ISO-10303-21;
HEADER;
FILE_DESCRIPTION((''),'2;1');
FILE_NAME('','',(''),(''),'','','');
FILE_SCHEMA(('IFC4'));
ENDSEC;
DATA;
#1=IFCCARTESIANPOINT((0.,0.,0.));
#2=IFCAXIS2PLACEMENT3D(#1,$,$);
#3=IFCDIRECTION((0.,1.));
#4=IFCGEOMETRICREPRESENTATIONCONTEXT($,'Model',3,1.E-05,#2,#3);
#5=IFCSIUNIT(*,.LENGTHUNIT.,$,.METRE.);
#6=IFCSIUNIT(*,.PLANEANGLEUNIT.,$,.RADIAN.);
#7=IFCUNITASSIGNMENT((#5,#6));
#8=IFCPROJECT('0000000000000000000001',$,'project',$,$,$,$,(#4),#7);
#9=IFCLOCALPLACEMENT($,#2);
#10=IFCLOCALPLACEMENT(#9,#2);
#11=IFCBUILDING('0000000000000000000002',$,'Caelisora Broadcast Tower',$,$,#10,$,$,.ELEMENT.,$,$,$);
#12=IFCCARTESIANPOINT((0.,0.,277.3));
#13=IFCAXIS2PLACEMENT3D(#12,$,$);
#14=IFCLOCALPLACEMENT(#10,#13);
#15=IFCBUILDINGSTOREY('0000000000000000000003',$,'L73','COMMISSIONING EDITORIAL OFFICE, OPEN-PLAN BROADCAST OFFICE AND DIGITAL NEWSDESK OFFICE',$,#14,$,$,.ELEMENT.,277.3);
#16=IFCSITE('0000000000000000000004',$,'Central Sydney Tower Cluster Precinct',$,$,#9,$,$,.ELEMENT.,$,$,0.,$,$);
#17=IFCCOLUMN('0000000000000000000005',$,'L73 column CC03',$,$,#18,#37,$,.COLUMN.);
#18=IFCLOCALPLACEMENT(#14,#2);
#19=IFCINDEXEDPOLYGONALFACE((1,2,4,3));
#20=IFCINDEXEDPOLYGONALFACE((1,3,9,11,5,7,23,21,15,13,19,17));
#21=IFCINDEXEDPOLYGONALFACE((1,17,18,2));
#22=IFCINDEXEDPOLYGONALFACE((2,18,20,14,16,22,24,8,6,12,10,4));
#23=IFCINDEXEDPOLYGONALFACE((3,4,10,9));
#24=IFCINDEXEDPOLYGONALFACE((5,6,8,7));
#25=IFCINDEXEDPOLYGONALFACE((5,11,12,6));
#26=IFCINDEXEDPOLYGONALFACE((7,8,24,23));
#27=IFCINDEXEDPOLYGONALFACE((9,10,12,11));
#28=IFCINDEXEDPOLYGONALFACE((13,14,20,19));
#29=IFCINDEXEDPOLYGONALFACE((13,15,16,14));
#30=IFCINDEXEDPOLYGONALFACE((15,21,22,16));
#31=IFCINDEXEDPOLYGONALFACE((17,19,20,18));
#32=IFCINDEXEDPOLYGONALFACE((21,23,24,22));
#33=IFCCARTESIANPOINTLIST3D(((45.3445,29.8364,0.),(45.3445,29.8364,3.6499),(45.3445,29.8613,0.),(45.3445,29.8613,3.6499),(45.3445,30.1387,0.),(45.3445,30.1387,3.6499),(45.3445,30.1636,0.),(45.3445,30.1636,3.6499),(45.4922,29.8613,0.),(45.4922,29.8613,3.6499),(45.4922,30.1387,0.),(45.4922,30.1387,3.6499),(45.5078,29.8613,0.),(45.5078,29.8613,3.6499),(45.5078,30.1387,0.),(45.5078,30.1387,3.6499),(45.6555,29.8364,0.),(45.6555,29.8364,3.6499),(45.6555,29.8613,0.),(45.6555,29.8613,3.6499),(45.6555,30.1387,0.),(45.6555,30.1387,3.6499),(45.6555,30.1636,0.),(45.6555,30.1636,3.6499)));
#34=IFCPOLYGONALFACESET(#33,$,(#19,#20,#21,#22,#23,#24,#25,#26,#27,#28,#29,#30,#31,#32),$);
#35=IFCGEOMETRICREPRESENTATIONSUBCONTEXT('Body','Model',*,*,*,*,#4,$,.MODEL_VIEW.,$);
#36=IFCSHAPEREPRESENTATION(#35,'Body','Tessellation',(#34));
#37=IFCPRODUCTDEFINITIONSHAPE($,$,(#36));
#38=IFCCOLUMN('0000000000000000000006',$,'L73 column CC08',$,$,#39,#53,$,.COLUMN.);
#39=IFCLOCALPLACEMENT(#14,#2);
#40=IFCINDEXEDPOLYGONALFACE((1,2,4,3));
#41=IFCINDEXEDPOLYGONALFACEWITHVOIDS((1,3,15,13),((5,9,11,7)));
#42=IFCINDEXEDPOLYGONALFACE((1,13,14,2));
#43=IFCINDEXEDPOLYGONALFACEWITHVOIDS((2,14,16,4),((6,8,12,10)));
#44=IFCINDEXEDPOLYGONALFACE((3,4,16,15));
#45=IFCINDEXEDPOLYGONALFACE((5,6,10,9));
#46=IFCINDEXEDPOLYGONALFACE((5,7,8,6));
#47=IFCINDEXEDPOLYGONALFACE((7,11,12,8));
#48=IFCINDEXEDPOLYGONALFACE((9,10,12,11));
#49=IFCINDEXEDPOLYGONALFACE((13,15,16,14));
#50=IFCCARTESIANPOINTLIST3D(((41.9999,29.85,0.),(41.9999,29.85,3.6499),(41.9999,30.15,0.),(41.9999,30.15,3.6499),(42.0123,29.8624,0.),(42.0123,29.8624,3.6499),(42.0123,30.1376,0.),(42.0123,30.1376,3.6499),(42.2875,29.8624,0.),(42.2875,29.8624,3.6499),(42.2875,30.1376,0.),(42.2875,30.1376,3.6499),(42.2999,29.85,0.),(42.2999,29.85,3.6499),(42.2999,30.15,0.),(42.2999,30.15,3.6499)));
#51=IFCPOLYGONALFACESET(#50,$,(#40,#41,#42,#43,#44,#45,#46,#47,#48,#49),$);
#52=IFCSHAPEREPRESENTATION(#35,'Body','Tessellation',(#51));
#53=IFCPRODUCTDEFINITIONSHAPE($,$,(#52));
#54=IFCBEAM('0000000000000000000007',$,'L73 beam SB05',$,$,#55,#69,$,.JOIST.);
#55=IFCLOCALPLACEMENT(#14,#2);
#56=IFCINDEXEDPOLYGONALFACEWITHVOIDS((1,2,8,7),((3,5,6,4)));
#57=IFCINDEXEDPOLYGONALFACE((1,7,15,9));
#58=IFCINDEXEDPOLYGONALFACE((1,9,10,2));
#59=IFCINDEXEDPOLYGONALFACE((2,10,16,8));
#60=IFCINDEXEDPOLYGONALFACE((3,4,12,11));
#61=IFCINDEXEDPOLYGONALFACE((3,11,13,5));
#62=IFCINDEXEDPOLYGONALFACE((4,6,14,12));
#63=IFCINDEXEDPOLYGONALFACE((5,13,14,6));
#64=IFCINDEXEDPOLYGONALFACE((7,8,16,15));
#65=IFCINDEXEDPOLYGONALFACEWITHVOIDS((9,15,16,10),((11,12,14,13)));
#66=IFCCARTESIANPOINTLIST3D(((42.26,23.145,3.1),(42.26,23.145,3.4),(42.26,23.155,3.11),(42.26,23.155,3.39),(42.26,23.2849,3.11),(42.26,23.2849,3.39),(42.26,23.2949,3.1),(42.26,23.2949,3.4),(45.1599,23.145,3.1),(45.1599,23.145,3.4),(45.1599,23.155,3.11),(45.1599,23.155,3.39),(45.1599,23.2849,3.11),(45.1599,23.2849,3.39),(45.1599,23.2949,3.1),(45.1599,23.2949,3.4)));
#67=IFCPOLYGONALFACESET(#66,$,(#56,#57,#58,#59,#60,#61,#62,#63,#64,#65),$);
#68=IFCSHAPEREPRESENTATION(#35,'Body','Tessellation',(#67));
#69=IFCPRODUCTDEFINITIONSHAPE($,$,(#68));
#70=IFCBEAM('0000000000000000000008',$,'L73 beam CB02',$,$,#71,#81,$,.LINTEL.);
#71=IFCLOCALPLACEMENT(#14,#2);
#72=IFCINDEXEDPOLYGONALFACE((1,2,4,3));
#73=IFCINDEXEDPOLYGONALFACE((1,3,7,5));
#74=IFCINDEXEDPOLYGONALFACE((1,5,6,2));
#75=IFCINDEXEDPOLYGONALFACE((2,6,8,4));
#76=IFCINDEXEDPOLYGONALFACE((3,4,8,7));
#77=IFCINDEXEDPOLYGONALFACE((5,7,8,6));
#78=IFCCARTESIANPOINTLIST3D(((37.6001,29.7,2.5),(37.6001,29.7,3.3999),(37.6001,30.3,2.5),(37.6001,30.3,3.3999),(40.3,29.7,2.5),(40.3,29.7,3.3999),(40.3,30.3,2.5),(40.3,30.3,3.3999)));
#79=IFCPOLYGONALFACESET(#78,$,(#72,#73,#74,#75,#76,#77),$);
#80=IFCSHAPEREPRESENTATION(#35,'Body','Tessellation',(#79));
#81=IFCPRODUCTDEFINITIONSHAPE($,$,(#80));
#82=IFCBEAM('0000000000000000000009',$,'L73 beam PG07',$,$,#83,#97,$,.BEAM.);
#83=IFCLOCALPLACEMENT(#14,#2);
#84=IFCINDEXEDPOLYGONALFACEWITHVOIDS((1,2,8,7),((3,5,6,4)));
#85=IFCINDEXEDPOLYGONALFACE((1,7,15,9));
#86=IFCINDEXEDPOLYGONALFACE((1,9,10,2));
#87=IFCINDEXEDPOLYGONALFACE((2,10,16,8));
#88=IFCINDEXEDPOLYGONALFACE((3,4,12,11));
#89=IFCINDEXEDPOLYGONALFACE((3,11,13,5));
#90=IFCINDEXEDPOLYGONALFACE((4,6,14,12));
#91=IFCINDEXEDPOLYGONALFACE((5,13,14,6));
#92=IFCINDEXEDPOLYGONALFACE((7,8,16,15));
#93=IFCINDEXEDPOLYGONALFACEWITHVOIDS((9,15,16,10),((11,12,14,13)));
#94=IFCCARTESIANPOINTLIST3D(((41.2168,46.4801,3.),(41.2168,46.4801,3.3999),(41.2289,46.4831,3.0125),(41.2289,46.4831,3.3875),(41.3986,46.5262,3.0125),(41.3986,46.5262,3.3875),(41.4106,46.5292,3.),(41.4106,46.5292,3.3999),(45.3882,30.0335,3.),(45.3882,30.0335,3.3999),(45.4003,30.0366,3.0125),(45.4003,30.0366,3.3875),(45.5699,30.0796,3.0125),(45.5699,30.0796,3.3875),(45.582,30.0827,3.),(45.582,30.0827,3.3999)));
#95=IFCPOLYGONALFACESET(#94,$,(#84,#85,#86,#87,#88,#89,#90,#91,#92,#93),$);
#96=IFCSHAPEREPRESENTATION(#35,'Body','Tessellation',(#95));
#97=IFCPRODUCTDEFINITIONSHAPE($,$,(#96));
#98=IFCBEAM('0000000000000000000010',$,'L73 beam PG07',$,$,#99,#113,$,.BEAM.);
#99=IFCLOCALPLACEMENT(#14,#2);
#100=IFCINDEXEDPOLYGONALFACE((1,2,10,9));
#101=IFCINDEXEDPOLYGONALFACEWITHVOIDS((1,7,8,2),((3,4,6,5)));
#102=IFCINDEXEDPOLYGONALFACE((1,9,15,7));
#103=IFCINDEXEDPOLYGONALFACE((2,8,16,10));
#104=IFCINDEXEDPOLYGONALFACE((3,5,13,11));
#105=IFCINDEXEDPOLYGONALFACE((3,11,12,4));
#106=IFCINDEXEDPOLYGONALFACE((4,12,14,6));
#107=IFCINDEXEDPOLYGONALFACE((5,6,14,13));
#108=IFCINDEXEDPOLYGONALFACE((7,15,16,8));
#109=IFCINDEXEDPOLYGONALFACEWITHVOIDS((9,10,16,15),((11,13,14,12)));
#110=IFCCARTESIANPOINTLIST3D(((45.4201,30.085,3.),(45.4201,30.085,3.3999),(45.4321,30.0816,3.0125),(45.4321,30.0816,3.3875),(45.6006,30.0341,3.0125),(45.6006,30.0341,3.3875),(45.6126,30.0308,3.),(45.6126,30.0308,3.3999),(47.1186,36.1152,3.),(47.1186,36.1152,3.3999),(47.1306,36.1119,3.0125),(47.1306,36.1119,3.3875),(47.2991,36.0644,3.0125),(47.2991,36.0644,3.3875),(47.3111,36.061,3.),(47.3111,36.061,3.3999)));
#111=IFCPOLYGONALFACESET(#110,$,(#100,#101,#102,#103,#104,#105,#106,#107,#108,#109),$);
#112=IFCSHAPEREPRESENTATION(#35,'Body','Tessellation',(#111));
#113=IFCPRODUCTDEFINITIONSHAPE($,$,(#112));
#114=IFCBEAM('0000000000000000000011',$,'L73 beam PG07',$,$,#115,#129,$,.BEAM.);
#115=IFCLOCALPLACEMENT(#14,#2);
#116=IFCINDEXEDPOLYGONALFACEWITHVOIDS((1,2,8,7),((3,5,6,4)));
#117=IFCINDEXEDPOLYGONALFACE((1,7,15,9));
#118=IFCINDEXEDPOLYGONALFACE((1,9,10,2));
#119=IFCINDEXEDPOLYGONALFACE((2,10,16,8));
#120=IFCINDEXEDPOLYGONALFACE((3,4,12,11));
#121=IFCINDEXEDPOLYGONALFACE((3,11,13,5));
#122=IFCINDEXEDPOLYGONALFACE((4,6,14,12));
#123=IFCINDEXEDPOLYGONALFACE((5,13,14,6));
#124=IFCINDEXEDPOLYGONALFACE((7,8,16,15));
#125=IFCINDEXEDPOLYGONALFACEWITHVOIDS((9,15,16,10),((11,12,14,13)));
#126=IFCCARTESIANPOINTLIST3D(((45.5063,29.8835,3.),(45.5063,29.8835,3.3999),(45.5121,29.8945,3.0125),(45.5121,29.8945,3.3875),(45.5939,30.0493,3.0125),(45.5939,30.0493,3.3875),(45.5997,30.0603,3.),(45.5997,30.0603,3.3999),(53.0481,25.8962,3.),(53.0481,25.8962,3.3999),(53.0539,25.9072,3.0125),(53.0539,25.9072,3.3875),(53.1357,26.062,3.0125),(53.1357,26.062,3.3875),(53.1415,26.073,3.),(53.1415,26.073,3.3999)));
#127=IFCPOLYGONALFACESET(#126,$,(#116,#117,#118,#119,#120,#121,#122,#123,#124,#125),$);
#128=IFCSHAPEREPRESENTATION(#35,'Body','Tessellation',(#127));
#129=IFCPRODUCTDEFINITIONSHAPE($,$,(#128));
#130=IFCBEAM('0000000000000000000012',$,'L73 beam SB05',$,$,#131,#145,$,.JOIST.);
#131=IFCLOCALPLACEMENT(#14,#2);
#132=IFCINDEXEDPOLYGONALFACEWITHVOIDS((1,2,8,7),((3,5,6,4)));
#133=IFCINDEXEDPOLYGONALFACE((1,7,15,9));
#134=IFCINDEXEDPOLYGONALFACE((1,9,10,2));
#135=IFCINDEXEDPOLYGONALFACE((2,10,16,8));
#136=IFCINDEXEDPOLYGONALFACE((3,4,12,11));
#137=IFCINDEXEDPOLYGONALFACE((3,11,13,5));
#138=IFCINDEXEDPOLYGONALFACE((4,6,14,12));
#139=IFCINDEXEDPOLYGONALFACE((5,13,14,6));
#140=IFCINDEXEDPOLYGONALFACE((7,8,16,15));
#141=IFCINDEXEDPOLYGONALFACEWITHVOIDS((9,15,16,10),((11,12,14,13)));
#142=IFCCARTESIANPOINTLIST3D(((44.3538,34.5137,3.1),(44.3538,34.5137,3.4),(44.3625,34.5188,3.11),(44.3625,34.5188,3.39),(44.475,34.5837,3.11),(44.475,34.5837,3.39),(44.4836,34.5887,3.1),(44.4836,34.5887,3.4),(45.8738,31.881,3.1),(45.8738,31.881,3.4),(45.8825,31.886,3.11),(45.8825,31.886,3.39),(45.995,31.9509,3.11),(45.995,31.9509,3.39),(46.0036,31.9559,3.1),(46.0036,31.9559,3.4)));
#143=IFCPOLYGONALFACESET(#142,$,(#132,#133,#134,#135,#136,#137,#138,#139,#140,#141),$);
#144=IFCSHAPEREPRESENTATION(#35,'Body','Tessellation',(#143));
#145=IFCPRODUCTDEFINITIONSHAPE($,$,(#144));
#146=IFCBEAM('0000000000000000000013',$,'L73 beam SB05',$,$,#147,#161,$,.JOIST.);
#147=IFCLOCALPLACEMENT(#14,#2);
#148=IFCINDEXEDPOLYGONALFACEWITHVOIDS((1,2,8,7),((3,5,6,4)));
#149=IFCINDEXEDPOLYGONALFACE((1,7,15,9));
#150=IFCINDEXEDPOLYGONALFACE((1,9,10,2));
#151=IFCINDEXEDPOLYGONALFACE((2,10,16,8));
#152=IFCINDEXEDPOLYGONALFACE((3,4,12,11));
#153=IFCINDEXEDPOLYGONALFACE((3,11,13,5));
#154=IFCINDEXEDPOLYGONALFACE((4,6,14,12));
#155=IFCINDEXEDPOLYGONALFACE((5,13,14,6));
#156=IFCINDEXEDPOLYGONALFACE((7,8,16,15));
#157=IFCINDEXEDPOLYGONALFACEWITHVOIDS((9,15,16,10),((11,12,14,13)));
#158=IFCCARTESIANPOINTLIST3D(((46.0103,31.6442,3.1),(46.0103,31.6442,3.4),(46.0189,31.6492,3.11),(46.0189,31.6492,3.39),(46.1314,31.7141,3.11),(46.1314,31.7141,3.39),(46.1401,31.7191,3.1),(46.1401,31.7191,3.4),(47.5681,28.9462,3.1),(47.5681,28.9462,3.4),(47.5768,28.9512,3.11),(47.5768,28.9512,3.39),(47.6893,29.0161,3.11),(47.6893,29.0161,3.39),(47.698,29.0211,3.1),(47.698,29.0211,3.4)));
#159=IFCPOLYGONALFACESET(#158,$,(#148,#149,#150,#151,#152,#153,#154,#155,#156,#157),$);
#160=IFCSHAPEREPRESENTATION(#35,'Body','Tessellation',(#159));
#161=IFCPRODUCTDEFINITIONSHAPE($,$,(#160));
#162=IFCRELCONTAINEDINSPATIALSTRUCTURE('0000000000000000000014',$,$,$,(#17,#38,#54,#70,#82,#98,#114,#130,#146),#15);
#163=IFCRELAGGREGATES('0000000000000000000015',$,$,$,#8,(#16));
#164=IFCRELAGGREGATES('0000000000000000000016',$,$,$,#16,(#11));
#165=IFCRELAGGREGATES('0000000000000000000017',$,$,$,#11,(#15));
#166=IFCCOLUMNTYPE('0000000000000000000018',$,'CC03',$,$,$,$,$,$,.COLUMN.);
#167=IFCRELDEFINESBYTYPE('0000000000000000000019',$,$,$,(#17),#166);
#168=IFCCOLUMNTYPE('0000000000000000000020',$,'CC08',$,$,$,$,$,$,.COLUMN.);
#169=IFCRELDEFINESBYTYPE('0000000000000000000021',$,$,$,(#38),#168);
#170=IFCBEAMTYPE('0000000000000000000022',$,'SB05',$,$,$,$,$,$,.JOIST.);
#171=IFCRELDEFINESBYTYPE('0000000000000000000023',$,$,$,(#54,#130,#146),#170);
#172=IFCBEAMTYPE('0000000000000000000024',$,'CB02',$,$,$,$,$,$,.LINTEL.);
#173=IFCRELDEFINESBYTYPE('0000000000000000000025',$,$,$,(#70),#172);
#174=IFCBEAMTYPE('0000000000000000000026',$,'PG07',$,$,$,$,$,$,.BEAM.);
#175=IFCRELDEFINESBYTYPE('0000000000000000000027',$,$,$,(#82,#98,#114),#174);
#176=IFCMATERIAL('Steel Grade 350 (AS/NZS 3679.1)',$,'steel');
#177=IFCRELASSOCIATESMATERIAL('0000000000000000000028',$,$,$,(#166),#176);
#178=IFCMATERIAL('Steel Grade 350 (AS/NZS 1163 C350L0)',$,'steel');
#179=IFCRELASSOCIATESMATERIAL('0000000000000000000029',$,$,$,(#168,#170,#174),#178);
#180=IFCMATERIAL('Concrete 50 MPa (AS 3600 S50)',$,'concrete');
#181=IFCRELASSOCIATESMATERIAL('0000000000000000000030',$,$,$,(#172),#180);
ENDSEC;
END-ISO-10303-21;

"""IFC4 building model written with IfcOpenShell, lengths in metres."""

from ifc_helpers import new_model, si_unit, direction, frame, origin, origin_2d, place, context, subcontext, project, spatial, rectangle, hollow_rectangle, i_section, extrude, source, transform, mapped, material, material_profile, profile_set, type_object, type_shapes, element, save


model = new_model("IFC4")

# Units and contexts
model_context = context("Model", 3, precision=1e-05, world=origin(), true_north=direction((0.0, 1.0)))
body_context = subcontext(model_context, "Body", "Model", "MODEL_VIEW")
ifc_project = project(units=[si_unit("LENGTHUNIT", "METRE"), si_unit("PLANEANGLEUNIT", "RADIAN")], contexts=[model_context])

# Site, building, storey
site_placement = place(None, origin())
site = spatial("IfcSite", under=ifc_project, at=site_placement, Name="Central Sydney Tower Cluster Precinct", CompositionType="ELEMENT", RefElevation=0.0)
building_placement = place(site_placement, origin())
building = spatial("IfcBuilding", under=site, at=building_placement, Name="Caelisora Broadcast Tower", CompositionType="ELEMENT")
storey_placement = place(building_placement, frame((0.0, 0.0, 277.3)))
storey = spatial("IfcBuildingStorey", under=building, at=storey_placement, Name="L73", Description="COMMISSIONING EDITORIAL OFFICE, OPEN-PLAN BROADCAST OFFICE AND DIGITAL NEWSDESK OFFICE", CompositionType="ELEMENT", Elevation=277.3)

# Columns
ifc_material_1 = material(Name="Steel Grade 350 (AS/NZS 3679.1)", Category="steel")
ifc_material_profile_1 = material_profile(ifc_material_1, i_section(OverallWidth=0.311, OverallDepth=0.3271, WebThickness=0.0156, FlangeThickness=0.0249, at=origin_2d()), Name="Steel Grade 350 (AS/NZS 3679.1)")
ifc_profile_set_1 = profile_set([ifc_material_profile_1], Name="Steel Grade 350 (AS/NZS 3679.1)")
column_type_1 = type_object("IfcColumnType", Name="CC03", PredefinedType="COLUMN", material=ifc_profile_set_1)
shared_shape_1 = source(origin(), body_context, "Body", "SweptSolid", [
    extrude(i_section(OverallWidth=0.311, OverallDepth=0.3271, WebThickness=0.0156, FlangeThickness=0.0249, at=origin_2d()), origin(), (0.0, 0.0, 1.0), 3.6499),
])
type_shapes(column_type_1, [shared_shape_1])
column_1_placement = place(storey_placement, frame((45.5, 30.0, 0.0), z_axis=(0.0, 0.0, 1.0), x_axis=(1.0, 0.0, 0.0)))
element("IfcColumn", 1, at=column_1_placement, inside=storey, type_object=column_type_1, Name="L73 column CC03", PredefinedType="COLUMN", context=body_context, shape_type="MappedRepresentation", body=[
    mapped(shared_shape_1, transform((0.0, 0.0, 0.0), scale=1.0)),
])
ifc_material_2 = material(Name="Steel Grade 350 (AS/NZS 1163 C350L0)", Category="steel")
ifc_material_profile_2 = material_profile(ifc_material_2, hollow_rectangle(XDim=0.3, YDim=0.3, WallThickness=0.0125, at=origin_2d()), Name="Steel Grade 350 (AS/NZS 1163 C350L0)")
ifc_profile_set_2 = profile_set([ifc_material_profile_2], Name="Steel Grade 350 (AS/NZS 1163 C350L0)")
column_type_2 = type_object("IfcColumnType", Name="CC08", PredefinedType="COLUMN", material=ifc_profile_set_2)
shared_shape_2 = source(origin(), body_context, "Body", "SweptSolid", [
    extrude(hollow_rectangle(XDim=0.3, YDim=0.3, WallThickness=0.0125, at=origin_2d()), origin(), (0.0, 0.0, 1.0), 3.6499),
])
type_shapes(column_type_2, [shared_shape_2])
column_2_placement = place(storey_placement, frame((42.1499, 30.0, 0.0), z_axis=(0.0, 0.0, 1.0), x_axis=(1.0, 0.0, 0.0)))
element("IfcColumn", 2, at=column_2_placement, inside=storey, type_object=column_type_2, Name="L73 column CC08", PredefinedType="COLUMN", context=body_context, shape_type="MappedRepresentation", body=[
    mapped(shared_shape_2, transform((0.0, 0.0, 0.0), scale=1.0)),
])

# Beams
ifc_material_profile_3 = material_profile(ifc_material_2, hollow_rectangle(XDim=0.1499, YDim=0.3, WallThickness=0.01, at=origin_2d()), Name="Steel Grade 350 (AS/NZS 1163 C350L0)")
ifc_profile_set_3 = profile_set([ifc_material_profile_3], Name="Steel Grade 350 (AS/NZS 1163 C350L0)")
beam_type_1 = type_object("IfcBeamType", Name="SB05", PredefinedType="JOIST", material=ifc_profile_set_3)
shared_shape_3 = source(origin(), body_context, "Body", "SweptSolid", [
    extrude(hollow_rectangle(XDim=0.1499, YDim=0.3, WallThickness=0.01, at=origin_2d()), origin(), (0.0, 0.0, 1.0), 2.8999),
])
beam_1_placement = place(storey_placement, frame((42.26, 23.22, 3.25), z_axis=(1.0, 0.0, 0.0), x_axis=(0.0, 1.0, 0.0)))
element("IfcBeam", 3, at=beam_1_placement, inside=storey, type_object=beam_type_1, Name="L73 beam SB05", PredefinedType="JOIST", context=body_context, shape_type="MappedRepresentation", body=[
    mapped(shared_shape_3, transform((0.0, 0.0, 0.0), scale=1.0)),
])
ifc_material_3 = material(Name="Concrete 50 MPa (AS 3600 S50)", Category="concrete")
ifc_material_profile_4 = material_profile(ifc_material_3, rectangle(XDim=0.6001, YDim=0.8999, at=origin_2d()), Name="Concrete 50 MPa (AS 3600 S50)")
ifc_profile_set_4 = profile_set([ifc_material_profile_4], Name="Concrete 50 MPa (AS 3600 S50)")
beam_type_2 = type_object("IfcBeamType", Name="CB02", PredefinedType="LINTEL", material=ifc_profile_set_4)
shared_shape_4 = source(origin(), body_context, "Body", "SweptSolid", [
    extrude(rectangle(XDim=0.6001, YDim=0.8999, at=origin_2d()), origin(), (0.0, 0.0, 1.0), 2.7),
])
type_shapes(beam_type_2, [shared_shape_4])
beam_2_placement = place(storey_placement, frame((37.6001, 30.0, 2.95), z_axis=(1.0, 0.0, 0.0), x_axis=(0.0, 1.0, 0.0)))
element("IfcBeam", 4, at=beam_2_placement, inside=storey, type_object=beam_type_2, Name="L73 beam CB02", PredefinedType="LINTEL", context=body_context, shape_type="MappedRepresentation", body=[
    mapped(shared_shape_4, transform((0.0, 0.0, 0.0), scale=1.0)),
])
ifc_material_profile_5 = material_profile(ifc_material_2, hollow_rectangle(XDim=0.2, YDim=0.3999, WallThickness=0.0125, at=origin_2d()), Name="Steel Grade 350 (AS/NZS 1163 C350L0)")
ifc_profile_set_5 = profile_set([ifc_material_profile_5], Name="Steel Grade 350 (AS/NZS 1163 C350L0)")
beam_type_3 = type_object("IfcBeamType", Name="PG07", PredefinedType="BEAM", material=ifc_profile_set_5)
shared_shape_5 = source(origin(), body_context, "Body", "SweptSolid", [
    extrude(hollow_rectangle(XDim=0.2, YDim=0.3999, WallThickness=0.0125, at=origin_2d()), origin(), (0.0, 0.0, 1.0), 16.9673),
])
beam_3_placement = place(storey_placement, frame((45.4851, 30.0581, 3.2), z_axis=(-0.245849, 0.969308, 0.0), x_axis=(-0.969308, -0.245849, 0.0)))
element("IfcBeam", 5, at=beam_3_placement, inside=storey, type_object=beam_type_3, Name="L73 beam PG07", PredefinedType="BEAM", context=body_context, shape_type="MappedRepresentation", body=[
    mapped(shared_shape_5, transform((0.0, 0.0, 0.0), scale=1.0)),
])
shared_shape_6 = source(origin(), body_context, "Body", "SweptSolid", [
    extrude(hollow_rectangle(XDim=0.2, YDim=0.3999, WallThickness=0.0125, at=origin_2d()), origin(), (0.0, 0.0, 1.0), 6.2649),
])
beam_4_placement = place(storey_placement, frame((45.5164, 30.0579, 3.2), z_axis=(0.271111, 0.962548, 0.0), x_axis=(-0.962548, 0.271111, 0.0)))
element("IfcBeam", 6, at=beam_4_placement, inside=storey, type_object=beam_type_3, Name="L73 beam PG07", PredefinedType="BEAM", context=body_context, shape_type="MappedRepresentation", body=[
    mapped(shared_shape_6, transform((0.0, 0.0, 0.0), scale=1.0)),
])
shared_shape_7 = source(origin(), body_context, "Body", "SweptSolid", [
    extrude(hollow_rectangle(XDim=0.2, YDim=0.3999, WallThickness=0.0125, at=origin_2d()), origin(), (0.0, 0.0, 1.0), 8.531),
])
type_shapes(beam_type_3, [shared_shape_5, shared_shape_6, shared_shape_7])
beam_5_placement = place(storey_placement, frame((45.553, 29.9719, 3.2), z_axis=(0.884049, -0.467395, 0.0), x_axis=(0.467395, 0.884049, 0.0)))
element("IfcBeam", 7, at=beam_5_placement, inside=storey, type_object=beam_type_3, Name="L73 beam PG07", PredefinedType="BEAM", context=body_context, shape_type="MappedRepresentation", body=[
    mapped(shared_shape_7, transform((0.0, 0.0, 0.0), scale=1.0)),
])
shared_shape_8 = source(origin(), body_context, "Body", "SweptSolid", [
    extrude(hollow_rectangle(XDim=0.1499, YDim=0.3, WallThickness=0.01, at=origin_2d()), origin(), (0.0, 0.0, 1.0), 3.04),
])
beam_6_placement = place(storey_placement, frame((45.9387, 31.9185, 3.25), z_axis=(-0.499991, 0.86603, 0.0), x_axis=(-0.86603, -0.499991, 0.0)))
element("IfcBeam", 8, at=beam_6_placement, inside=storey, type_object=beam_type_1, Name="L73 beam SB05", PredefinedType="JOIST", context=body_context, shape_type="MappedRepresentation", body=[
    mapped(shared_shape_8, transform((0.0, 0.0, 0.0), scale=1.0)),
])
shared_shape_9 = source(origin(), body_context, "Body", "SweptSolid", [
    extrude(hollow_rectangle(XDim=0.1499, YDim=0.3, WallThickness=0.01, at=origin_2d()), origin(), (0.0, 0.0, 1.0), 3.1155),
])
type_shapes(beam_type_1, [shared_shape_3, shared_shape_8, shared_shape_9])
beam_7_placement = place(storey_placement, frame((47.6331, 28.9836, 3.25), z_axis=(-0.500041, 0.866002, 0.0), x_axis=(-0.866002, -0.500041, 0.0)))
element("IfcBeam", 9, at=beam_7_placement, inside=storey, type_object=beam_type_1, Name="L73 beam SB05", PredefinedType="JOIST", context=body_context, shape_type="MappedRepresentation", body=[
    mapped(shared_shape_9, transform((0.0, 0.0, 0.0), scale=1.0)),
])

save(model, "model.ifc")
